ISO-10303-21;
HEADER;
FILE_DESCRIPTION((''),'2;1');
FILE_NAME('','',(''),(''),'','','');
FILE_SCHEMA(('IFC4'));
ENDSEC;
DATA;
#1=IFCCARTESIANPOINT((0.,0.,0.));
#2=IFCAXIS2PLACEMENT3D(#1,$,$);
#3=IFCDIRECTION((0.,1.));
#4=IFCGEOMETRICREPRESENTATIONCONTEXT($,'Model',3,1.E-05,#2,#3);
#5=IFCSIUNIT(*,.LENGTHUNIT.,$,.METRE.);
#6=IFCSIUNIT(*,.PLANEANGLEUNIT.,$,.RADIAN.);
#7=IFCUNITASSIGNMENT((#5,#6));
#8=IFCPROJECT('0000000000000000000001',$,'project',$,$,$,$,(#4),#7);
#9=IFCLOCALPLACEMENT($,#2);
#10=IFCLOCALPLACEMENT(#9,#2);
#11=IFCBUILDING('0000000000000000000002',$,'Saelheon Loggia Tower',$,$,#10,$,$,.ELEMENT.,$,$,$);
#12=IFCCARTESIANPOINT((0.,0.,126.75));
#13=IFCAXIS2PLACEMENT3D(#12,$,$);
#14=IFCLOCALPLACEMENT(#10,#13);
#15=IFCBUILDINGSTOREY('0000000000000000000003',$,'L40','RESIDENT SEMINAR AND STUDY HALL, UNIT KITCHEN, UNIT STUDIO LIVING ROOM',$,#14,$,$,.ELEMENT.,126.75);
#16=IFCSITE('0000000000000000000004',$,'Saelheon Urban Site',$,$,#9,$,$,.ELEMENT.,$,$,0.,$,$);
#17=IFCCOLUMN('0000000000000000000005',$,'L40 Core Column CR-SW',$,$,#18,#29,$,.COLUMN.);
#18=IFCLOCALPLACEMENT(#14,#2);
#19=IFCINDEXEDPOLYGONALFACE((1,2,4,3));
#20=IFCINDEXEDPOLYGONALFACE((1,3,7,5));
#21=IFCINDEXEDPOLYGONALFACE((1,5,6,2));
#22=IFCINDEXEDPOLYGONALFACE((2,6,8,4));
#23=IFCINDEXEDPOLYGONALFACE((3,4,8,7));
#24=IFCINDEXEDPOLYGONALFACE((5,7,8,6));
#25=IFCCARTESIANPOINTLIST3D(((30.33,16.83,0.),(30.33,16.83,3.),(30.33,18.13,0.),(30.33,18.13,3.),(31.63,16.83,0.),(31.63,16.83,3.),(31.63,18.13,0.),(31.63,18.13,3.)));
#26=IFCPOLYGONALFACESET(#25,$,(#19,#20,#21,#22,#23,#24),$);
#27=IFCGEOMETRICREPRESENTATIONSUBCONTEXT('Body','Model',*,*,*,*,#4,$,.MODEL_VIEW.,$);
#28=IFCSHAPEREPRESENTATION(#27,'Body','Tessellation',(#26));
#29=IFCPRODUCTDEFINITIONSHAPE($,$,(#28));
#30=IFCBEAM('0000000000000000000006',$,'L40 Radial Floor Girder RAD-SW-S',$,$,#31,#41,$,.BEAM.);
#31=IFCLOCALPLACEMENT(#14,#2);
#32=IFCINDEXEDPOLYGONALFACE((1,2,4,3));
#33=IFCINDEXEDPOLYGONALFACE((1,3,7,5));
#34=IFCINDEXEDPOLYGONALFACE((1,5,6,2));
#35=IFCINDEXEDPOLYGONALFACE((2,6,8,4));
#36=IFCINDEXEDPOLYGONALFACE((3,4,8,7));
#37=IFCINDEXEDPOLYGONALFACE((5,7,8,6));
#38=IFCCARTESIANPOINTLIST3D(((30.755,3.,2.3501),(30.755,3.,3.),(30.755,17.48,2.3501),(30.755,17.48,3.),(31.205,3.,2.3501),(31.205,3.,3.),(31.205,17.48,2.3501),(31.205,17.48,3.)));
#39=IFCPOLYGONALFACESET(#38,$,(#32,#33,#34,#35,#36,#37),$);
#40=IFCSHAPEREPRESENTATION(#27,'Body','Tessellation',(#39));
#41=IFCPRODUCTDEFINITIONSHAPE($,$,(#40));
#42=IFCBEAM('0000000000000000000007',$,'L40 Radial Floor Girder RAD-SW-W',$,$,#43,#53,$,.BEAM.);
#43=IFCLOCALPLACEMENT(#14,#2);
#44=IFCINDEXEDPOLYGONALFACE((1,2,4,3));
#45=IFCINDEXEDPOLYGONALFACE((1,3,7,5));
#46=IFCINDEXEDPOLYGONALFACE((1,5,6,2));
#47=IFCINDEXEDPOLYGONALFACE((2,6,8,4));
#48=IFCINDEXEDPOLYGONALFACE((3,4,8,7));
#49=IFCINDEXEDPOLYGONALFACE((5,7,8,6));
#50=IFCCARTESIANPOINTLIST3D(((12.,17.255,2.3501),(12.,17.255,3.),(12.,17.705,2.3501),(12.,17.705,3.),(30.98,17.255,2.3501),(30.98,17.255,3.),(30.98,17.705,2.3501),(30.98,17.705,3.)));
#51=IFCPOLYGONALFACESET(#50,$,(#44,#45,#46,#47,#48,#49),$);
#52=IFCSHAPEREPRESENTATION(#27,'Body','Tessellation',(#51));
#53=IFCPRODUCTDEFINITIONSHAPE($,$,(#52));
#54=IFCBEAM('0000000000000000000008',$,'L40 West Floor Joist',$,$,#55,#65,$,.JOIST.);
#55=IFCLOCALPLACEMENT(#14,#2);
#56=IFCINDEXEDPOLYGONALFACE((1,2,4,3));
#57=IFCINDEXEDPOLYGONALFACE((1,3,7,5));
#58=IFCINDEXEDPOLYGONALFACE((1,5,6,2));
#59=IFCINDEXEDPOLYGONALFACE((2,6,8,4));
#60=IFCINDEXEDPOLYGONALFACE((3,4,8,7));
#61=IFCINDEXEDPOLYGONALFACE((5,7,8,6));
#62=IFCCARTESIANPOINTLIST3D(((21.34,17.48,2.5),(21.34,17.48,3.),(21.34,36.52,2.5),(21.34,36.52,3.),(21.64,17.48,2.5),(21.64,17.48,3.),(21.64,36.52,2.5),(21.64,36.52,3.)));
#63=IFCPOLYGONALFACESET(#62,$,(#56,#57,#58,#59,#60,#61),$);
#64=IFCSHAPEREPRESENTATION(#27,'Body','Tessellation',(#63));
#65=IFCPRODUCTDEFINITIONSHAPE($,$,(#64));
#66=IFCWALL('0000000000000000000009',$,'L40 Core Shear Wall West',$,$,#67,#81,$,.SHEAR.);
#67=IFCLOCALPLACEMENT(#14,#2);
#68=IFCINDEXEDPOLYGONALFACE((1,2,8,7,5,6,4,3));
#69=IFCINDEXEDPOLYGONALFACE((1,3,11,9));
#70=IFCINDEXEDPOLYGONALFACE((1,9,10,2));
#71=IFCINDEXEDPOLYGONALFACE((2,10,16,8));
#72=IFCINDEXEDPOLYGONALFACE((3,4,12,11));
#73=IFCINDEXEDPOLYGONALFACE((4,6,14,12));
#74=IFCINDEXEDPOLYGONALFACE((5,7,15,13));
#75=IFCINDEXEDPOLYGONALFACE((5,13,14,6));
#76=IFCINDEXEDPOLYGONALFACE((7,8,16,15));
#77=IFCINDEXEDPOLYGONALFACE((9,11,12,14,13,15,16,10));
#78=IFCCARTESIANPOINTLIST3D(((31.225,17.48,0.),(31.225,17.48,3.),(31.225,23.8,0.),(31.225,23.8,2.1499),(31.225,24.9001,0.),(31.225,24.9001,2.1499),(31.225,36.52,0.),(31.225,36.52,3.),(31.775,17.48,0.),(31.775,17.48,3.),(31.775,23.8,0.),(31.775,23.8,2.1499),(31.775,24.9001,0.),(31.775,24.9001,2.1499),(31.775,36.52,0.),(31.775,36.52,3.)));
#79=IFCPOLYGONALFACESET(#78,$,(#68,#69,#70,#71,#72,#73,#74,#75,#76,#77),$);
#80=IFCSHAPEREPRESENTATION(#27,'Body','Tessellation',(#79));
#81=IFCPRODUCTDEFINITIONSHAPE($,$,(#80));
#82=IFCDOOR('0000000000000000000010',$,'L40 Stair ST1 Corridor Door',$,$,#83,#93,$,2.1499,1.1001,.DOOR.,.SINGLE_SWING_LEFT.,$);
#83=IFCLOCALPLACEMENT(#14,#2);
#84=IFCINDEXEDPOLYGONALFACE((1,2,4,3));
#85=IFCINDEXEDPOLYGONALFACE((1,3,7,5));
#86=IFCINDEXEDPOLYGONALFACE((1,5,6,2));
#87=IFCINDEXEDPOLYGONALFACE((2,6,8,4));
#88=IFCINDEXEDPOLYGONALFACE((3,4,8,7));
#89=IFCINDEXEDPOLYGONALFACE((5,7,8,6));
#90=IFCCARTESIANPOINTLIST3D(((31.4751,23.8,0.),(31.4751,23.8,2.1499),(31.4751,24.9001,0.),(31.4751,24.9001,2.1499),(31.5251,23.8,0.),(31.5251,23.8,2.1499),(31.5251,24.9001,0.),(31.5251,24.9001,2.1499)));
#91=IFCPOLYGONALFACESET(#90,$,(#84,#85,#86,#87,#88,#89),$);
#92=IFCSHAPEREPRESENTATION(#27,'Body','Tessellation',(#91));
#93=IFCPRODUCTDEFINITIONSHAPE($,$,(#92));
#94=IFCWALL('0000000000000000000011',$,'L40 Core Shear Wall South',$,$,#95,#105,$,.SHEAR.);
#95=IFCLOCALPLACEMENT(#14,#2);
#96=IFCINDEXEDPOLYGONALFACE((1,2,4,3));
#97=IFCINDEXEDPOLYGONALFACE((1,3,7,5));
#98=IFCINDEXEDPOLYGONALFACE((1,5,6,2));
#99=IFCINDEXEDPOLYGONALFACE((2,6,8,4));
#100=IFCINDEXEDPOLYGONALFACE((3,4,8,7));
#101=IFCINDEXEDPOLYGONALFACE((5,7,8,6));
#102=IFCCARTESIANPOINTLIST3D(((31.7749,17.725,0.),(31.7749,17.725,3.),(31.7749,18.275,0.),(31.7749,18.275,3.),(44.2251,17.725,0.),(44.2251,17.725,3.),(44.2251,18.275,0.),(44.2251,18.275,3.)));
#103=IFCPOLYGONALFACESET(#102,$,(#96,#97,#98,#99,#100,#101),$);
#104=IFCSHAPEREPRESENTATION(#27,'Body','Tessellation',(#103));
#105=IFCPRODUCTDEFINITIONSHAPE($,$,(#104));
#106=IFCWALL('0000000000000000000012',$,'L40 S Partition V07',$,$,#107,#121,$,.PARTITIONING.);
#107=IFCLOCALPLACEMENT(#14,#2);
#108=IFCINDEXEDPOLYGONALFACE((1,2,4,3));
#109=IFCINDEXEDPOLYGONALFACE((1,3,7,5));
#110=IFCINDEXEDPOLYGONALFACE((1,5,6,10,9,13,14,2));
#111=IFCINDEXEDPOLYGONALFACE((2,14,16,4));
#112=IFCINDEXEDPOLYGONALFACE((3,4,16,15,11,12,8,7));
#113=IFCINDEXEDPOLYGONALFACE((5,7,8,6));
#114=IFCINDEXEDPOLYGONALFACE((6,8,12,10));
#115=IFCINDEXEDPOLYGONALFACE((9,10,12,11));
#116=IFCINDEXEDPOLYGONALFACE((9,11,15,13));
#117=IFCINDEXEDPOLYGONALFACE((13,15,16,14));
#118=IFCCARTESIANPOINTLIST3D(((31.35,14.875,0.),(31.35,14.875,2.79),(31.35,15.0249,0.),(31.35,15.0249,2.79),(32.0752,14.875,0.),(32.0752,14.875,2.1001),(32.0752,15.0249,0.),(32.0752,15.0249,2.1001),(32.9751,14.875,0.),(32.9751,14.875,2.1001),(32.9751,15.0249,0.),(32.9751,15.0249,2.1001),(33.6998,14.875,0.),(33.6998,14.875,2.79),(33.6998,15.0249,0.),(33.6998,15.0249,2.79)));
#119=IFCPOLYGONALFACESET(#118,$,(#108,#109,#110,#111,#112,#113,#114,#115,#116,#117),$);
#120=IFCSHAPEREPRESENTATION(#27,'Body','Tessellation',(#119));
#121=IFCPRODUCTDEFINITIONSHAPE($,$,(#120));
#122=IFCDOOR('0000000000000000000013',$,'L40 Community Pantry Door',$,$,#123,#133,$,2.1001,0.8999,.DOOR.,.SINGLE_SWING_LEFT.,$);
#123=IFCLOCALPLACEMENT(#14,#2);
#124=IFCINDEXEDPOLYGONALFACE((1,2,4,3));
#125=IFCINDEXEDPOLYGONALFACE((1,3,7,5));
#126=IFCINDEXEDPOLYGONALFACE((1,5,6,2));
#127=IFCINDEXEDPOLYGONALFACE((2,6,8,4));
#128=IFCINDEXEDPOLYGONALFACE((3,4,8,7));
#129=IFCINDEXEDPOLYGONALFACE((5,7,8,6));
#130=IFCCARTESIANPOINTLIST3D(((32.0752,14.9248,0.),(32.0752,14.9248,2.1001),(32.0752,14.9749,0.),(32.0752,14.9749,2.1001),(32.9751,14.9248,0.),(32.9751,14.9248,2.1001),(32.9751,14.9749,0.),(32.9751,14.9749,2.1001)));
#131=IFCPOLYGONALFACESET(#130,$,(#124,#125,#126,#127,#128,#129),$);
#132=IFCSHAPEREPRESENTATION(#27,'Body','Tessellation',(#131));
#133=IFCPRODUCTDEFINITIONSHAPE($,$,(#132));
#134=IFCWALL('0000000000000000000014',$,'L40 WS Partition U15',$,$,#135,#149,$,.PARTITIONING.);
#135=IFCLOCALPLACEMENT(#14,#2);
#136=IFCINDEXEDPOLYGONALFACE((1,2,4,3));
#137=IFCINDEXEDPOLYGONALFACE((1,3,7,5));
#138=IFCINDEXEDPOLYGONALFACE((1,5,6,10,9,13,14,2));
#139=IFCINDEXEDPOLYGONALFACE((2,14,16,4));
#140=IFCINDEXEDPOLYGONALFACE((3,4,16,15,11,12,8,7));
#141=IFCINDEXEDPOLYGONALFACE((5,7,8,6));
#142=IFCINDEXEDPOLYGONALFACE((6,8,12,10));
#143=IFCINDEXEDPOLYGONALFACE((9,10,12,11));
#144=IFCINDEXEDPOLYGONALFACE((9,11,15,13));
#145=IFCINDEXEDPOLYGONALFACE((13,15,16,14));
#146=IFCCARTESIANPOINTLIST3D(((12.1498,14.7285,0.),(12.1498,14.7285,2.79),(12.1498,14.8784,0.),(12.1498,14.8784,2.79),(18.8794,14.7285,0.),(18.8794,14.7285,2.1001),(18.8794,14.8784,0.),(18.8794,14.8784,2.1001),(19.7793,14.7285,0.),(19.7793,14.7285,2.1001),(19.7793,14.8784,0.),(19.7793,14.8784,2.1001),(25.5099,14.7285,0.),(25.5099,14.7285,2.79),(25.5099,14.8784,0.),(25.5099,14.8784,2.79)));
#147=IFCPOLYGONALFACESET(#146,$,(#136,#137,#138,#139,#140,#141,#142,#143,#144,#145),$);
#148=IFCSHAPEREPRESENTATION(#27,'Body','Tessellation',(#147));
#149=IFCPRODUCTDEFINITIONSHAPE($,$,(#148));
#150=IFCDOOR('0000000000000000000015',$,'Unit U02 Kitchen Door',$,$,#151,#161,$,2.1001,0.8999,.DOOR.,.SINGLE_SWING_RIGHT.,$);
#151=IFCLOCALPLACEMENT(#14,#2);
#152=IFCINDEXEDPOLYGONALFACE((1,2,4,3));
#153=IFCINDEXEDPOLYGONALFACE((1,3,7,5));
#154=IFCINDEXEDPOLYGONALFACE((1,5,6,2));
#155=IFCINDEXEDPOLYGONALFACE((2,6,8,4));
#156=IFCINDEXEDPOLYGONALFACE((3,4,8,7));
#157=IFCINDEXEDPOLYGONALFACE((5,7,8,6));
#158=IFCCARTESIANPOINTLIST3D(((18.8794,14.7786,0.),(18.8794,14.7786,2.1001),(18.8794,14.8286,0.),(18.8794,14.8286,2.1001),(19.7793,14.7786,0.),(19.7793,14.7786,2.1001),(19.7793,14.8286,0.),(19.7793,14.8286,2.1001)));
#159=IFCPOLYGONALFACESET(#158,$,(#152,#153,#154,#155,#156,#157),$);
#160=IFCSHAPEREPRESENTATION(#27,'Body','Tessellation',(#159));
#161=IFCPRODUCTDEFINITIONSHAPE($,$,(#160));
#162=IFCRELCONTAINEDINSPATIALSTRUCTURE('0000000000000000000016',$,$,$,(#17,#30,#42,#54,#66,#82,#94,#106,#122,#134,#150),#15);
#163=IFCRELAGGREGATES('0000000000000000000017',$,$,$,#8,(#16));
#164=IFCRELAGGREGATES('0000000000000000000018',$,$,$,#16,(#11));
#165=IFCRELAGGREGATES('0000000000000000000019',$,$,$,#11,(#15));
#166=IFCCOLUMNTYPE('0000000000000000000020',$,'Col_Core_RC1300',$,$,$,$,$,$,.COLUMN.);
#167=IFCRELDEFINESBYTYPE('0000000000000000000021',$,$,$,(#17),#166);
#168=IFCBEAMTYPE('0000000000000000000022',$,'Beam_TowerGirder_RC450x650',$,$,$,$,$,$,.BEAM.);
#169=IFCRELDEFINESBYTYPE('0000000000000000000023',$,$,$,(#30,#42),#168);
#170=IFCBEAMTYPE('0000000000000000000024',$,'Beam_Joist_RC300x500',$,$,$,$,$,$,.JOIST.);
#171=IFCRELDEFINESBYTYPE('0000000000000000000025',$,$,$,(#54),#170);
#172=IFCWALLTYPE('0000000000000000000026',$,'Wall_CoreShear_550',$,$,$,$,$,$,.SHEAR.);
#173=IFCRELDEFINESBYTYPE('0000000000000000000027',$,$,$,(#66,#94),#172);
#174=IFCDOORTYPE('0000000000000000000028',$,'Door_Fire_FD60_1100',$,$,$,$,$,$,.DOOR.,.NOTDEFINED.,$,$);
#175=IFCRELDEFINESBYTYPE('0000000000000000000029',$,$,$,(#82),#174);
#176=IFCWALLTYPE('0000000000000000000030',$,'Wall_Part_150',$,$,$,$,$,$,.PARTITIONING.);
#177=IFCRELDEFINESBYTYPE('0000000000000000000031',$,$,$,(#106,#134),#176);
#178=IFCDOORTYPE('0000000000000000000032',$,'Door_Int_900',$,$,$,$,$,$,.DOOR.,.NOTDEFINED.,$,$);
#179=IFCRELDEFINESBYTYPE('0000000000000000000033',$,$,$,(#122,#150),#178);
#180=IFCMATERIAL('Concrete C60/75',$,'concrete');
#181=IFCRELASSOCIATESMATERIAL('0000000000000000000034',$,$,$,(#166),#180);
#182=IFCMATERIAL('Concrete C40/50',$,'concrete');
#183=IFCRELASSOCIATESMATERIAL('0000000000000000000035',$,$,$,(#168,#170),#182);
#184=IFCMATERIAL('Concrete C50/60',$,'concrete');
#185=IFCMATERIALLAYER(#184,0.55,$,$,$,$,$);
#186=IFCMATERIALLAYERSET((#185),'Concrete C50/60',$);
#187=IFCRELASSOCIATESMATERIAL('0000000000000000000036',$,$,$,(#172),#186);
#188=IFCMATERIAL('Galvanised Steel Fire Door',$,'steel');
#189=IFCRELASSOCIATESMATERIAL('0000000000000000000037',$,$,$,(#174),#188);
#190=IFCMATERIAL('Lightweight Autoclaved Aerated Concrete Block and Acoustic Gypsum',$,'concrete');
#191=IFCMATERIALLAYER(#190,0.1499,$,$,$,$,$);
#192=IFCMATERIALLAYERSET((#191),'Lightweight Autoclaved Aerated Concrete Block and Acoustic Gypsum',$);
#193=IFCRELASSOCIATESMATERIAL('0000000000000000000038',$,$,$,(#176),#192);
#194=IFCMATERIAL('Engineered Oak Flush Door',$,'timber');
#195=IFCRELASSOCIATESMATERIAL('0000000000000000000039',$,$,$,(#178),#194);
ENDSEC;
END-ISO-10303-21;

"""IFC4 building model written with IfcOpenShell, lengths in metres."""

from ifc_helpers import new_model, si_unit, direction, frame, frame_2d, origin, origin_2d, place, context, subcontext, project, spatial, rectangle, extrude, source, transform, mapped, material, layer, layer_set, material_profile, profile_set, type_object, element, fill, save


model = new_model("IFC4")

# Units and contexts
model_context = context("Model", 3, precision=1e-05, world=origin(), true_north=direction((0.0, 1.0)))
body_context = subcontext(model_context, "Body", "Model", "MODEL_VIEW")
ifc_project = project(units=[si_unit("LENGTHUNIT", "METRE"), si_unit("PLANEANGLEUNIT", "RADIAN")], contexts=[model_context])

# Site, building, storey
site_placement = place(None, origin())
site = spatial("IfcSite", under=ifc_project, at=site_placement, Name="Saelheon Urban Site", CompositionType="ELEMENT", RefElevation=0.0)
building_placement = place(site_placement, origin())
building = spatial("IfcBuilding", under=site, at=building_placement, Name="Saelheon Loggia Tower", CompositionType="ELEMENT")
storey_placement = place(building_placement, frame((0.0, 0.0, 126.75)))
storey = spatial("IfcBuildingStorey", under=building, at=storey_placement, Name="L40", Description="RESIDENT SEMINAR AND STUDY HALL, UNIT KITCHEN, UNIT STUDIO LIVING ROOM", CompositionType="ELEMENT", Elevation=126.75)

# Column
ifc_material_1 = material(Name="Concrete C60/75", Category="concrete")
ifc_material_profile_1 = material_profile(ifc_material_1, rectangle(XDim=1.3, YDim=1.3, at=origin_2d()), Name="RC-1300x1300")
ifc_profile_set_1 = profile_set([ifc_material_profile_1], Name="Concrete C60/75")
column_type = type_object("IfcColumnType", Name="Col_Core_RC1300", PredefinedType="COLUMN", material=ifc_profile_set_1)
shared_shape_1 = source(origin(), body_context, "Body", "SweptSolid", [
    extrude(rectangle(XDim=1.3, YDim=1.3, at=origin_2d()), origin(), (0.0, 0.0, 1.0), 3.0),
])
column_placement = place(storey_placement, frame((30.98, 17.48, 0.0), z_axis=(0.0, 0.0, 1.0), x_axis=(1.0, 0.0, 0.0)))
element("IfcColumn", 1, at=column_placement, inside=storey, type_object=column_type, Name="L40 Core Column CR-SW", PredefinedType="COLUMN", context=body_context, shape_type="MappedRepresentation", body=[
    mapped(shared_shape_1, transform((0.0, 0.0, 0.0), scale=1.0)),
])

# Beams
ifc_material_2 = material(Name="Concrete C40/50", Category="concrete")
ifc_material_profile_2 = material_profile(ifc_material_2, rectangle(XDim=0.45, YDim=0.6499, at=origin_2d()), Name="RC-450x650")
ifc_profile_set_2 = profile_set([ifc_material_profile_2], Name="Concrete C40/50")
beam_type_1 = type_object("IfcBeamType", Name="Beam_TowerGirder_RC450x650", PredefinedType="BEAM", material=ifc_profile_set_2)
shared_shape_2 = source(origin(), body_context, "Body", "SweptSolid", [
    extrude(rectangle(XDim=0.45, YDim=0.6499, at=origin_2d()), origin(), (0.0, 0.0, 1.0), 14.48),
])
beam_1_placement = place(storey_placement, frame((30.98, 17.48, 2.675), z_axis=(0.0, -1.0, 0.0), x_axis=(1.0, 0.0, 0.0)))
element("IfcBeam", 2, at=beam_1_placement, inside=storey, type_object=beam_type_1, Name="L40 Radial Floor Girder RAD-SW-S", PredefinedType="BEAM", context=body_context, shape_type="MappedRepresentation", body=[
    mapped(shared_shape_2, transform((0.0, 0.0, 0.0), scale=1.0)),
])
shared_shape_3 = source(origin(), body_context, "Body", "SweptSolid", [
    extrude(rectangle(XDim=0.45, YDim=0.6499, at=origin_2d()), origin(), (0.0, 0.0, 1.0), 18.98),
])
beam_2_placement = place(storey_placement, frame((30.98, 17.48, 2.675), z_axis=(-1.0, 0.0, 0.0), x_axis=(0.0, -1.0, 0.0)))
element("IfcBeam", 3, at=beam_2_placement, inside=storey, type_object=beam_type_1, Name="L40 Radial Floor Girder RAD-SW-W", PredefinedType="BEAM", context=body_context, shape_type="MappedRepresentation", body=[
    mapped(shared_shape_3, transform((0.0, 0.0, 0.0), scale=1.0)),
])
ifc_material_profile_3 = material_profile(ifc_material_2, rectangle(XDim=0.3, YDim=0.5, at=origin_2d()), Name="RC-300x500")
ifc_profile_set_3 = profile_set([ifc_material_profile_3], Name="Concrete C40/50")
beam_type_2 = type_object("IfcBeamType", Name="Beam_Joist_RC300x500", PredefinedType="JOIST", material=ifc_profile_set_3)
shared_shape_4 = source(origin(), body_context, "Body", "SweptSolid", [
    extrude(rectangle(XDim=0.3, YDim=0.5, at=origin_2d()), origin(), (0.0, 0.0, 1.0), 19.04),
])
beam_3_placement = place(storey_placement, frame((21.49, 17.48, 2.75), z_axis=(0.0, 1.0, 0.0), x_axis=(-1.0, 0.0, 0.0)))
element("IfcBeam", 4, at=beam_3_placement, inside=storey, type_object=beam_type_2, Name="L40 West Floor Joist", PredefinedType="JOIST", context=body_context, shape_type="MappedRepresentation", body=[
    mapped(shared_shape_4, transform((0.0, 0.0, 0.0), scale=1.0)),
])

# Wall, opening, door
ifc_material_3 = material(Name="Concrete C50/60", Category="concrete")
ifc_layer_1 = layer(ifc_material_3, 0.55)
ifc_layer_set_1 = layer_set([ifc_layer_1], Name="Concrete C50/60")
wall_type_1 = type_object("IfcWallType", Name="Wall_CoreShear_550", PredefinedType="SHEAR", material=ifc_layer_set_1)
wall_1_placement = place(storey_placement, frame((31.5, 17.48, 0.0), z_axis=(0.0, 0.0, 1.0), x_axis=(0.0, 1.0, 0.0)))
wall_1 = element("IfcWall", 5, at=wall_1_placement, inside=storey, type_object=wall_type_1, Name="L40 Core Shear Wall West", PredefinedType="SHEAR", context=body_context, shape_type="SweptSolid", body=[
    extrude(rectangle(XDim=19.04, YDim=0.55, at=frame_2d((9.52, 0.0))), origin(), (0.0, 0.0, 1.0), 3.0),
])
opening_1_placement = place(wall_1_placement, frame((6.3201, 0.0, 0.0)))
opening_1 = element("IfcOpeningElement", 6, at=opening_1_placement, cuts=wall_1, PredefinedType="OPENING", context=body_context, shape_type="SweptSolid", body=[
    extrude(rectangle(XDim=1.1001, YDim=2.1499, at=frame_2d((0.55, 1.075))), frame((0.0, 0.2871, 0.0), z_axis=(0.0, -1.0, 0.0), x_axis=(1.0, 0.0, 0.0)), (0.0, 0.0, 1.0), 0.574),
])
ifc_material_4 = material(Name="Galvanised Steel Fire Door", Category="steel")
door_type_1 = type_object("IfcDoorType", Name="Door_Fire_FD60_1100", OperationType="NOTDEFINED", PredefinedType="DOOR", material=ifc_material_4)
shared_shape_5 = source(origin(), body_context, "Body", "SweptSolid", [
    extrude(rectangle(XDim=1.1001, YDim=2.1499, at=frame_2d((0.55, 1.075))), frame((0.0, 0.0249, 0.0), z_axis=(0.0, -1.0, 0.0), x_axis=(1.0, 0.0, 0.0)), (0.0, 0.0, 1.0), 0.05),
])
door_1_placement = place(opening_1_placement, origin())
door_1 = element("IfcDoor", 7, at=door_1_placement, inside=storey, type_object=door_type_1, Name="L40 Stair ST1 Corridor Door", OperationType="SINGLE_SWING_LEFT", OverallHeight=2.1499, OverallWidth=1.1001, PredefinedType="DOOR", context=body_context, shape_type="MappedRepresentation", body=[
    mapped(shared_shape_5, transform((0.0, 0.0, 0.0), scale=1.0)),
])
fill(opening_1, door_1)

# Wall
wall_2_placement = place(storey_placement, frame((31.7749, 18.0, 0.0), z_axis=(0.0, 0.0, 1.0), x_axis=(1.0, 0.0, 0.0)))
element("IfcWall", 8, at=wall_2_placement, inside=storey, type_object=wall_type_1, Name="L40 Core Shear Wall South", PredefinedType="SHEAR", context=body_context, shape_type="SweptSolid", body=[
    extrude(rectangle(XDim=12.4502, YDim=0.55, at=frame_2d((6.2251, 0.0))), origin(), (0.0, 0.0, 1.0), 3.0),
])

# Walls, openings, doors
ifc_material_5 = material(Name="Lightweight Autoclaved Aerated Concrete Block and Acoustic Gypsum", Category="concrete")
ifc_layer_2 = layer(ifc_material_5, 0.1499)
ifc_layer_set_2 = layer_set([ifc_layer_2], Name="Lightweight Autoclaved Aerated Concrete Block and Acoustic Gypsum")
wall_type_2 = type_object("IfcWallType", Name="Wall_Part_150", PredefinedType="PARTITIONING", material=ifc_layer_set_2)
wall_3_placement = place(storey_placement, frame((31.3501, 14.95, 0.0), z_axis=(0.0, 0.0, 1.0), x_axis=(1.0, 0.0, 0.0)))
wall_3 = element("IfcWall", 9, at=wall_3_placement, inside=storey, type_object=wall_type_2, Name="L40 S Partition V07", PredefinedType="PARTITIONING", context=body_context, shape_type="SweptSolid", body=[
    extrude(rectangle(XDim=2.3499, YDim=0.1499, at=frame_2d((1.1748, 0.0))), origin(), (0.0, 0.0, 1.0), 2.79),
])
opening_2_placement = place(wall_3_placement, frame((0.7251, 0.0, 0.0)))
opening_2 = element("IfcOpeningElement", 10, at=opening_2_placement, cuts=wall_3, PredefinedType="OPENING", context=body_context, shape_type="SweptSolid", body=[
    extrude(rectangle(XDim=0.8999, YDim=2.1001, at=frame_2d((0.45, 1.05))), frame((0.0, 0.0869, 0.0), z_axis=(0.0, -1.0, 0.0), x_axis=(1.0, 0.0, 0.0)), (0.0, 0.0, 1.0), 0.1738),
])
ifc_material_6 = material(Name="Engineered Oak Flush Door", Category="timber")
door_type_2 = type_object("IfcDoorType", Name="Door_Int_900", OperationType="NOTDEFINED", PredefinedType="DOOR", material=ifc_material_6)
shared_shape_6 = source(origin(), body_context, "Body", "SweptSolid", [
    extrude(rectangle(XDim=0.8999, YDim=2.1001, at=frame_2d((0.45, 1.05))), frame((0.0, 0.0249, 0.0), z_axis=(0.0, -1.0, 0.0), x_axis=(1.0, 0.0, 0.0)), (0.0, 0.0, 1.0), 0.05),
])
door_2_placement = place(opening_2_placement, origin())
door_2 = element("IfcDoor", 11, at=door_2_placement, inside=storey, type_object=door_type_2, Name="L40 Community Pantry Door", OperationType="SINGLE_SWING_LEFT", OverallHeight=2.1001, OverallWidth=0.8999, PredefinedType="DOOR", context=body_context, shape_type="MappedRepresentation", body=[
    mapped(shared_shape_6, transform((0.0, 0.0, 0.0), scale=1.0)),
])
fill(opening_2, door_2)
wall_4_placement = place(storey_placement, frame((25.51, 14.8035, 0.0), z_axis=(0.0, 0.0, 1.0), x_axis=(-1.0, 0.0, 0.0)))
wall_4 = element("IfcWall", 12, at=wall_4_placement, inside=storey, type_object=wall_type_2, Name="L40 WS Partition U15", PredefinedType="PARTITIONING", context=body_context, shape_type="SweptSolid", body=[
    extrude(rectangle(XDim=13.3601, YDim=0.1499, at=frame_2d((6.6802, 0.0))), origin(), (0.0, 0.0, 1.0), 2.79),
])
opening_3_placement = place(wall_4_placement, frame((5.7307, 0.0, 0.0)))
opening_3 = element("IfcOpeningElement", 13, at=opening_3_placement, cuts=wall_4, PredefinedType="OPENING", context=body_context, shape_type="SweptSolid", body=[
    extrude(rectangle(XDim=0.8999, YDim=2.1001, at=frame_2d((0.45, 1.05))), frame((0.0, 0.0869, 0.0), z_axis=(0.0, -1.0, 0.0), x_axis=(1.0, 0.0, 0.0)), (0.0, 0.0, 1.0), 0.1738),
])
door_3_placement = place(opening_3_placement, origin())
door_3 = element("IfcDoor", 14, at=door_3_placement, inside=storey, type_object=door_type_2, Name="Unit U02 Kitchen Door", OperationType="SINGLE_SWING_RIGHT", OverallHeight=2.1001, OverallWidth=0.8999, PredefinedType="DOOR", context=body_context, shape_type="MappedRepresentation", body=[
    mapped(shared_shape_6, transform((0.0, 0.0, 0.0), scale=1.0)),
])
fill(opening_3, door_3)

save(model, "model.ifc")
